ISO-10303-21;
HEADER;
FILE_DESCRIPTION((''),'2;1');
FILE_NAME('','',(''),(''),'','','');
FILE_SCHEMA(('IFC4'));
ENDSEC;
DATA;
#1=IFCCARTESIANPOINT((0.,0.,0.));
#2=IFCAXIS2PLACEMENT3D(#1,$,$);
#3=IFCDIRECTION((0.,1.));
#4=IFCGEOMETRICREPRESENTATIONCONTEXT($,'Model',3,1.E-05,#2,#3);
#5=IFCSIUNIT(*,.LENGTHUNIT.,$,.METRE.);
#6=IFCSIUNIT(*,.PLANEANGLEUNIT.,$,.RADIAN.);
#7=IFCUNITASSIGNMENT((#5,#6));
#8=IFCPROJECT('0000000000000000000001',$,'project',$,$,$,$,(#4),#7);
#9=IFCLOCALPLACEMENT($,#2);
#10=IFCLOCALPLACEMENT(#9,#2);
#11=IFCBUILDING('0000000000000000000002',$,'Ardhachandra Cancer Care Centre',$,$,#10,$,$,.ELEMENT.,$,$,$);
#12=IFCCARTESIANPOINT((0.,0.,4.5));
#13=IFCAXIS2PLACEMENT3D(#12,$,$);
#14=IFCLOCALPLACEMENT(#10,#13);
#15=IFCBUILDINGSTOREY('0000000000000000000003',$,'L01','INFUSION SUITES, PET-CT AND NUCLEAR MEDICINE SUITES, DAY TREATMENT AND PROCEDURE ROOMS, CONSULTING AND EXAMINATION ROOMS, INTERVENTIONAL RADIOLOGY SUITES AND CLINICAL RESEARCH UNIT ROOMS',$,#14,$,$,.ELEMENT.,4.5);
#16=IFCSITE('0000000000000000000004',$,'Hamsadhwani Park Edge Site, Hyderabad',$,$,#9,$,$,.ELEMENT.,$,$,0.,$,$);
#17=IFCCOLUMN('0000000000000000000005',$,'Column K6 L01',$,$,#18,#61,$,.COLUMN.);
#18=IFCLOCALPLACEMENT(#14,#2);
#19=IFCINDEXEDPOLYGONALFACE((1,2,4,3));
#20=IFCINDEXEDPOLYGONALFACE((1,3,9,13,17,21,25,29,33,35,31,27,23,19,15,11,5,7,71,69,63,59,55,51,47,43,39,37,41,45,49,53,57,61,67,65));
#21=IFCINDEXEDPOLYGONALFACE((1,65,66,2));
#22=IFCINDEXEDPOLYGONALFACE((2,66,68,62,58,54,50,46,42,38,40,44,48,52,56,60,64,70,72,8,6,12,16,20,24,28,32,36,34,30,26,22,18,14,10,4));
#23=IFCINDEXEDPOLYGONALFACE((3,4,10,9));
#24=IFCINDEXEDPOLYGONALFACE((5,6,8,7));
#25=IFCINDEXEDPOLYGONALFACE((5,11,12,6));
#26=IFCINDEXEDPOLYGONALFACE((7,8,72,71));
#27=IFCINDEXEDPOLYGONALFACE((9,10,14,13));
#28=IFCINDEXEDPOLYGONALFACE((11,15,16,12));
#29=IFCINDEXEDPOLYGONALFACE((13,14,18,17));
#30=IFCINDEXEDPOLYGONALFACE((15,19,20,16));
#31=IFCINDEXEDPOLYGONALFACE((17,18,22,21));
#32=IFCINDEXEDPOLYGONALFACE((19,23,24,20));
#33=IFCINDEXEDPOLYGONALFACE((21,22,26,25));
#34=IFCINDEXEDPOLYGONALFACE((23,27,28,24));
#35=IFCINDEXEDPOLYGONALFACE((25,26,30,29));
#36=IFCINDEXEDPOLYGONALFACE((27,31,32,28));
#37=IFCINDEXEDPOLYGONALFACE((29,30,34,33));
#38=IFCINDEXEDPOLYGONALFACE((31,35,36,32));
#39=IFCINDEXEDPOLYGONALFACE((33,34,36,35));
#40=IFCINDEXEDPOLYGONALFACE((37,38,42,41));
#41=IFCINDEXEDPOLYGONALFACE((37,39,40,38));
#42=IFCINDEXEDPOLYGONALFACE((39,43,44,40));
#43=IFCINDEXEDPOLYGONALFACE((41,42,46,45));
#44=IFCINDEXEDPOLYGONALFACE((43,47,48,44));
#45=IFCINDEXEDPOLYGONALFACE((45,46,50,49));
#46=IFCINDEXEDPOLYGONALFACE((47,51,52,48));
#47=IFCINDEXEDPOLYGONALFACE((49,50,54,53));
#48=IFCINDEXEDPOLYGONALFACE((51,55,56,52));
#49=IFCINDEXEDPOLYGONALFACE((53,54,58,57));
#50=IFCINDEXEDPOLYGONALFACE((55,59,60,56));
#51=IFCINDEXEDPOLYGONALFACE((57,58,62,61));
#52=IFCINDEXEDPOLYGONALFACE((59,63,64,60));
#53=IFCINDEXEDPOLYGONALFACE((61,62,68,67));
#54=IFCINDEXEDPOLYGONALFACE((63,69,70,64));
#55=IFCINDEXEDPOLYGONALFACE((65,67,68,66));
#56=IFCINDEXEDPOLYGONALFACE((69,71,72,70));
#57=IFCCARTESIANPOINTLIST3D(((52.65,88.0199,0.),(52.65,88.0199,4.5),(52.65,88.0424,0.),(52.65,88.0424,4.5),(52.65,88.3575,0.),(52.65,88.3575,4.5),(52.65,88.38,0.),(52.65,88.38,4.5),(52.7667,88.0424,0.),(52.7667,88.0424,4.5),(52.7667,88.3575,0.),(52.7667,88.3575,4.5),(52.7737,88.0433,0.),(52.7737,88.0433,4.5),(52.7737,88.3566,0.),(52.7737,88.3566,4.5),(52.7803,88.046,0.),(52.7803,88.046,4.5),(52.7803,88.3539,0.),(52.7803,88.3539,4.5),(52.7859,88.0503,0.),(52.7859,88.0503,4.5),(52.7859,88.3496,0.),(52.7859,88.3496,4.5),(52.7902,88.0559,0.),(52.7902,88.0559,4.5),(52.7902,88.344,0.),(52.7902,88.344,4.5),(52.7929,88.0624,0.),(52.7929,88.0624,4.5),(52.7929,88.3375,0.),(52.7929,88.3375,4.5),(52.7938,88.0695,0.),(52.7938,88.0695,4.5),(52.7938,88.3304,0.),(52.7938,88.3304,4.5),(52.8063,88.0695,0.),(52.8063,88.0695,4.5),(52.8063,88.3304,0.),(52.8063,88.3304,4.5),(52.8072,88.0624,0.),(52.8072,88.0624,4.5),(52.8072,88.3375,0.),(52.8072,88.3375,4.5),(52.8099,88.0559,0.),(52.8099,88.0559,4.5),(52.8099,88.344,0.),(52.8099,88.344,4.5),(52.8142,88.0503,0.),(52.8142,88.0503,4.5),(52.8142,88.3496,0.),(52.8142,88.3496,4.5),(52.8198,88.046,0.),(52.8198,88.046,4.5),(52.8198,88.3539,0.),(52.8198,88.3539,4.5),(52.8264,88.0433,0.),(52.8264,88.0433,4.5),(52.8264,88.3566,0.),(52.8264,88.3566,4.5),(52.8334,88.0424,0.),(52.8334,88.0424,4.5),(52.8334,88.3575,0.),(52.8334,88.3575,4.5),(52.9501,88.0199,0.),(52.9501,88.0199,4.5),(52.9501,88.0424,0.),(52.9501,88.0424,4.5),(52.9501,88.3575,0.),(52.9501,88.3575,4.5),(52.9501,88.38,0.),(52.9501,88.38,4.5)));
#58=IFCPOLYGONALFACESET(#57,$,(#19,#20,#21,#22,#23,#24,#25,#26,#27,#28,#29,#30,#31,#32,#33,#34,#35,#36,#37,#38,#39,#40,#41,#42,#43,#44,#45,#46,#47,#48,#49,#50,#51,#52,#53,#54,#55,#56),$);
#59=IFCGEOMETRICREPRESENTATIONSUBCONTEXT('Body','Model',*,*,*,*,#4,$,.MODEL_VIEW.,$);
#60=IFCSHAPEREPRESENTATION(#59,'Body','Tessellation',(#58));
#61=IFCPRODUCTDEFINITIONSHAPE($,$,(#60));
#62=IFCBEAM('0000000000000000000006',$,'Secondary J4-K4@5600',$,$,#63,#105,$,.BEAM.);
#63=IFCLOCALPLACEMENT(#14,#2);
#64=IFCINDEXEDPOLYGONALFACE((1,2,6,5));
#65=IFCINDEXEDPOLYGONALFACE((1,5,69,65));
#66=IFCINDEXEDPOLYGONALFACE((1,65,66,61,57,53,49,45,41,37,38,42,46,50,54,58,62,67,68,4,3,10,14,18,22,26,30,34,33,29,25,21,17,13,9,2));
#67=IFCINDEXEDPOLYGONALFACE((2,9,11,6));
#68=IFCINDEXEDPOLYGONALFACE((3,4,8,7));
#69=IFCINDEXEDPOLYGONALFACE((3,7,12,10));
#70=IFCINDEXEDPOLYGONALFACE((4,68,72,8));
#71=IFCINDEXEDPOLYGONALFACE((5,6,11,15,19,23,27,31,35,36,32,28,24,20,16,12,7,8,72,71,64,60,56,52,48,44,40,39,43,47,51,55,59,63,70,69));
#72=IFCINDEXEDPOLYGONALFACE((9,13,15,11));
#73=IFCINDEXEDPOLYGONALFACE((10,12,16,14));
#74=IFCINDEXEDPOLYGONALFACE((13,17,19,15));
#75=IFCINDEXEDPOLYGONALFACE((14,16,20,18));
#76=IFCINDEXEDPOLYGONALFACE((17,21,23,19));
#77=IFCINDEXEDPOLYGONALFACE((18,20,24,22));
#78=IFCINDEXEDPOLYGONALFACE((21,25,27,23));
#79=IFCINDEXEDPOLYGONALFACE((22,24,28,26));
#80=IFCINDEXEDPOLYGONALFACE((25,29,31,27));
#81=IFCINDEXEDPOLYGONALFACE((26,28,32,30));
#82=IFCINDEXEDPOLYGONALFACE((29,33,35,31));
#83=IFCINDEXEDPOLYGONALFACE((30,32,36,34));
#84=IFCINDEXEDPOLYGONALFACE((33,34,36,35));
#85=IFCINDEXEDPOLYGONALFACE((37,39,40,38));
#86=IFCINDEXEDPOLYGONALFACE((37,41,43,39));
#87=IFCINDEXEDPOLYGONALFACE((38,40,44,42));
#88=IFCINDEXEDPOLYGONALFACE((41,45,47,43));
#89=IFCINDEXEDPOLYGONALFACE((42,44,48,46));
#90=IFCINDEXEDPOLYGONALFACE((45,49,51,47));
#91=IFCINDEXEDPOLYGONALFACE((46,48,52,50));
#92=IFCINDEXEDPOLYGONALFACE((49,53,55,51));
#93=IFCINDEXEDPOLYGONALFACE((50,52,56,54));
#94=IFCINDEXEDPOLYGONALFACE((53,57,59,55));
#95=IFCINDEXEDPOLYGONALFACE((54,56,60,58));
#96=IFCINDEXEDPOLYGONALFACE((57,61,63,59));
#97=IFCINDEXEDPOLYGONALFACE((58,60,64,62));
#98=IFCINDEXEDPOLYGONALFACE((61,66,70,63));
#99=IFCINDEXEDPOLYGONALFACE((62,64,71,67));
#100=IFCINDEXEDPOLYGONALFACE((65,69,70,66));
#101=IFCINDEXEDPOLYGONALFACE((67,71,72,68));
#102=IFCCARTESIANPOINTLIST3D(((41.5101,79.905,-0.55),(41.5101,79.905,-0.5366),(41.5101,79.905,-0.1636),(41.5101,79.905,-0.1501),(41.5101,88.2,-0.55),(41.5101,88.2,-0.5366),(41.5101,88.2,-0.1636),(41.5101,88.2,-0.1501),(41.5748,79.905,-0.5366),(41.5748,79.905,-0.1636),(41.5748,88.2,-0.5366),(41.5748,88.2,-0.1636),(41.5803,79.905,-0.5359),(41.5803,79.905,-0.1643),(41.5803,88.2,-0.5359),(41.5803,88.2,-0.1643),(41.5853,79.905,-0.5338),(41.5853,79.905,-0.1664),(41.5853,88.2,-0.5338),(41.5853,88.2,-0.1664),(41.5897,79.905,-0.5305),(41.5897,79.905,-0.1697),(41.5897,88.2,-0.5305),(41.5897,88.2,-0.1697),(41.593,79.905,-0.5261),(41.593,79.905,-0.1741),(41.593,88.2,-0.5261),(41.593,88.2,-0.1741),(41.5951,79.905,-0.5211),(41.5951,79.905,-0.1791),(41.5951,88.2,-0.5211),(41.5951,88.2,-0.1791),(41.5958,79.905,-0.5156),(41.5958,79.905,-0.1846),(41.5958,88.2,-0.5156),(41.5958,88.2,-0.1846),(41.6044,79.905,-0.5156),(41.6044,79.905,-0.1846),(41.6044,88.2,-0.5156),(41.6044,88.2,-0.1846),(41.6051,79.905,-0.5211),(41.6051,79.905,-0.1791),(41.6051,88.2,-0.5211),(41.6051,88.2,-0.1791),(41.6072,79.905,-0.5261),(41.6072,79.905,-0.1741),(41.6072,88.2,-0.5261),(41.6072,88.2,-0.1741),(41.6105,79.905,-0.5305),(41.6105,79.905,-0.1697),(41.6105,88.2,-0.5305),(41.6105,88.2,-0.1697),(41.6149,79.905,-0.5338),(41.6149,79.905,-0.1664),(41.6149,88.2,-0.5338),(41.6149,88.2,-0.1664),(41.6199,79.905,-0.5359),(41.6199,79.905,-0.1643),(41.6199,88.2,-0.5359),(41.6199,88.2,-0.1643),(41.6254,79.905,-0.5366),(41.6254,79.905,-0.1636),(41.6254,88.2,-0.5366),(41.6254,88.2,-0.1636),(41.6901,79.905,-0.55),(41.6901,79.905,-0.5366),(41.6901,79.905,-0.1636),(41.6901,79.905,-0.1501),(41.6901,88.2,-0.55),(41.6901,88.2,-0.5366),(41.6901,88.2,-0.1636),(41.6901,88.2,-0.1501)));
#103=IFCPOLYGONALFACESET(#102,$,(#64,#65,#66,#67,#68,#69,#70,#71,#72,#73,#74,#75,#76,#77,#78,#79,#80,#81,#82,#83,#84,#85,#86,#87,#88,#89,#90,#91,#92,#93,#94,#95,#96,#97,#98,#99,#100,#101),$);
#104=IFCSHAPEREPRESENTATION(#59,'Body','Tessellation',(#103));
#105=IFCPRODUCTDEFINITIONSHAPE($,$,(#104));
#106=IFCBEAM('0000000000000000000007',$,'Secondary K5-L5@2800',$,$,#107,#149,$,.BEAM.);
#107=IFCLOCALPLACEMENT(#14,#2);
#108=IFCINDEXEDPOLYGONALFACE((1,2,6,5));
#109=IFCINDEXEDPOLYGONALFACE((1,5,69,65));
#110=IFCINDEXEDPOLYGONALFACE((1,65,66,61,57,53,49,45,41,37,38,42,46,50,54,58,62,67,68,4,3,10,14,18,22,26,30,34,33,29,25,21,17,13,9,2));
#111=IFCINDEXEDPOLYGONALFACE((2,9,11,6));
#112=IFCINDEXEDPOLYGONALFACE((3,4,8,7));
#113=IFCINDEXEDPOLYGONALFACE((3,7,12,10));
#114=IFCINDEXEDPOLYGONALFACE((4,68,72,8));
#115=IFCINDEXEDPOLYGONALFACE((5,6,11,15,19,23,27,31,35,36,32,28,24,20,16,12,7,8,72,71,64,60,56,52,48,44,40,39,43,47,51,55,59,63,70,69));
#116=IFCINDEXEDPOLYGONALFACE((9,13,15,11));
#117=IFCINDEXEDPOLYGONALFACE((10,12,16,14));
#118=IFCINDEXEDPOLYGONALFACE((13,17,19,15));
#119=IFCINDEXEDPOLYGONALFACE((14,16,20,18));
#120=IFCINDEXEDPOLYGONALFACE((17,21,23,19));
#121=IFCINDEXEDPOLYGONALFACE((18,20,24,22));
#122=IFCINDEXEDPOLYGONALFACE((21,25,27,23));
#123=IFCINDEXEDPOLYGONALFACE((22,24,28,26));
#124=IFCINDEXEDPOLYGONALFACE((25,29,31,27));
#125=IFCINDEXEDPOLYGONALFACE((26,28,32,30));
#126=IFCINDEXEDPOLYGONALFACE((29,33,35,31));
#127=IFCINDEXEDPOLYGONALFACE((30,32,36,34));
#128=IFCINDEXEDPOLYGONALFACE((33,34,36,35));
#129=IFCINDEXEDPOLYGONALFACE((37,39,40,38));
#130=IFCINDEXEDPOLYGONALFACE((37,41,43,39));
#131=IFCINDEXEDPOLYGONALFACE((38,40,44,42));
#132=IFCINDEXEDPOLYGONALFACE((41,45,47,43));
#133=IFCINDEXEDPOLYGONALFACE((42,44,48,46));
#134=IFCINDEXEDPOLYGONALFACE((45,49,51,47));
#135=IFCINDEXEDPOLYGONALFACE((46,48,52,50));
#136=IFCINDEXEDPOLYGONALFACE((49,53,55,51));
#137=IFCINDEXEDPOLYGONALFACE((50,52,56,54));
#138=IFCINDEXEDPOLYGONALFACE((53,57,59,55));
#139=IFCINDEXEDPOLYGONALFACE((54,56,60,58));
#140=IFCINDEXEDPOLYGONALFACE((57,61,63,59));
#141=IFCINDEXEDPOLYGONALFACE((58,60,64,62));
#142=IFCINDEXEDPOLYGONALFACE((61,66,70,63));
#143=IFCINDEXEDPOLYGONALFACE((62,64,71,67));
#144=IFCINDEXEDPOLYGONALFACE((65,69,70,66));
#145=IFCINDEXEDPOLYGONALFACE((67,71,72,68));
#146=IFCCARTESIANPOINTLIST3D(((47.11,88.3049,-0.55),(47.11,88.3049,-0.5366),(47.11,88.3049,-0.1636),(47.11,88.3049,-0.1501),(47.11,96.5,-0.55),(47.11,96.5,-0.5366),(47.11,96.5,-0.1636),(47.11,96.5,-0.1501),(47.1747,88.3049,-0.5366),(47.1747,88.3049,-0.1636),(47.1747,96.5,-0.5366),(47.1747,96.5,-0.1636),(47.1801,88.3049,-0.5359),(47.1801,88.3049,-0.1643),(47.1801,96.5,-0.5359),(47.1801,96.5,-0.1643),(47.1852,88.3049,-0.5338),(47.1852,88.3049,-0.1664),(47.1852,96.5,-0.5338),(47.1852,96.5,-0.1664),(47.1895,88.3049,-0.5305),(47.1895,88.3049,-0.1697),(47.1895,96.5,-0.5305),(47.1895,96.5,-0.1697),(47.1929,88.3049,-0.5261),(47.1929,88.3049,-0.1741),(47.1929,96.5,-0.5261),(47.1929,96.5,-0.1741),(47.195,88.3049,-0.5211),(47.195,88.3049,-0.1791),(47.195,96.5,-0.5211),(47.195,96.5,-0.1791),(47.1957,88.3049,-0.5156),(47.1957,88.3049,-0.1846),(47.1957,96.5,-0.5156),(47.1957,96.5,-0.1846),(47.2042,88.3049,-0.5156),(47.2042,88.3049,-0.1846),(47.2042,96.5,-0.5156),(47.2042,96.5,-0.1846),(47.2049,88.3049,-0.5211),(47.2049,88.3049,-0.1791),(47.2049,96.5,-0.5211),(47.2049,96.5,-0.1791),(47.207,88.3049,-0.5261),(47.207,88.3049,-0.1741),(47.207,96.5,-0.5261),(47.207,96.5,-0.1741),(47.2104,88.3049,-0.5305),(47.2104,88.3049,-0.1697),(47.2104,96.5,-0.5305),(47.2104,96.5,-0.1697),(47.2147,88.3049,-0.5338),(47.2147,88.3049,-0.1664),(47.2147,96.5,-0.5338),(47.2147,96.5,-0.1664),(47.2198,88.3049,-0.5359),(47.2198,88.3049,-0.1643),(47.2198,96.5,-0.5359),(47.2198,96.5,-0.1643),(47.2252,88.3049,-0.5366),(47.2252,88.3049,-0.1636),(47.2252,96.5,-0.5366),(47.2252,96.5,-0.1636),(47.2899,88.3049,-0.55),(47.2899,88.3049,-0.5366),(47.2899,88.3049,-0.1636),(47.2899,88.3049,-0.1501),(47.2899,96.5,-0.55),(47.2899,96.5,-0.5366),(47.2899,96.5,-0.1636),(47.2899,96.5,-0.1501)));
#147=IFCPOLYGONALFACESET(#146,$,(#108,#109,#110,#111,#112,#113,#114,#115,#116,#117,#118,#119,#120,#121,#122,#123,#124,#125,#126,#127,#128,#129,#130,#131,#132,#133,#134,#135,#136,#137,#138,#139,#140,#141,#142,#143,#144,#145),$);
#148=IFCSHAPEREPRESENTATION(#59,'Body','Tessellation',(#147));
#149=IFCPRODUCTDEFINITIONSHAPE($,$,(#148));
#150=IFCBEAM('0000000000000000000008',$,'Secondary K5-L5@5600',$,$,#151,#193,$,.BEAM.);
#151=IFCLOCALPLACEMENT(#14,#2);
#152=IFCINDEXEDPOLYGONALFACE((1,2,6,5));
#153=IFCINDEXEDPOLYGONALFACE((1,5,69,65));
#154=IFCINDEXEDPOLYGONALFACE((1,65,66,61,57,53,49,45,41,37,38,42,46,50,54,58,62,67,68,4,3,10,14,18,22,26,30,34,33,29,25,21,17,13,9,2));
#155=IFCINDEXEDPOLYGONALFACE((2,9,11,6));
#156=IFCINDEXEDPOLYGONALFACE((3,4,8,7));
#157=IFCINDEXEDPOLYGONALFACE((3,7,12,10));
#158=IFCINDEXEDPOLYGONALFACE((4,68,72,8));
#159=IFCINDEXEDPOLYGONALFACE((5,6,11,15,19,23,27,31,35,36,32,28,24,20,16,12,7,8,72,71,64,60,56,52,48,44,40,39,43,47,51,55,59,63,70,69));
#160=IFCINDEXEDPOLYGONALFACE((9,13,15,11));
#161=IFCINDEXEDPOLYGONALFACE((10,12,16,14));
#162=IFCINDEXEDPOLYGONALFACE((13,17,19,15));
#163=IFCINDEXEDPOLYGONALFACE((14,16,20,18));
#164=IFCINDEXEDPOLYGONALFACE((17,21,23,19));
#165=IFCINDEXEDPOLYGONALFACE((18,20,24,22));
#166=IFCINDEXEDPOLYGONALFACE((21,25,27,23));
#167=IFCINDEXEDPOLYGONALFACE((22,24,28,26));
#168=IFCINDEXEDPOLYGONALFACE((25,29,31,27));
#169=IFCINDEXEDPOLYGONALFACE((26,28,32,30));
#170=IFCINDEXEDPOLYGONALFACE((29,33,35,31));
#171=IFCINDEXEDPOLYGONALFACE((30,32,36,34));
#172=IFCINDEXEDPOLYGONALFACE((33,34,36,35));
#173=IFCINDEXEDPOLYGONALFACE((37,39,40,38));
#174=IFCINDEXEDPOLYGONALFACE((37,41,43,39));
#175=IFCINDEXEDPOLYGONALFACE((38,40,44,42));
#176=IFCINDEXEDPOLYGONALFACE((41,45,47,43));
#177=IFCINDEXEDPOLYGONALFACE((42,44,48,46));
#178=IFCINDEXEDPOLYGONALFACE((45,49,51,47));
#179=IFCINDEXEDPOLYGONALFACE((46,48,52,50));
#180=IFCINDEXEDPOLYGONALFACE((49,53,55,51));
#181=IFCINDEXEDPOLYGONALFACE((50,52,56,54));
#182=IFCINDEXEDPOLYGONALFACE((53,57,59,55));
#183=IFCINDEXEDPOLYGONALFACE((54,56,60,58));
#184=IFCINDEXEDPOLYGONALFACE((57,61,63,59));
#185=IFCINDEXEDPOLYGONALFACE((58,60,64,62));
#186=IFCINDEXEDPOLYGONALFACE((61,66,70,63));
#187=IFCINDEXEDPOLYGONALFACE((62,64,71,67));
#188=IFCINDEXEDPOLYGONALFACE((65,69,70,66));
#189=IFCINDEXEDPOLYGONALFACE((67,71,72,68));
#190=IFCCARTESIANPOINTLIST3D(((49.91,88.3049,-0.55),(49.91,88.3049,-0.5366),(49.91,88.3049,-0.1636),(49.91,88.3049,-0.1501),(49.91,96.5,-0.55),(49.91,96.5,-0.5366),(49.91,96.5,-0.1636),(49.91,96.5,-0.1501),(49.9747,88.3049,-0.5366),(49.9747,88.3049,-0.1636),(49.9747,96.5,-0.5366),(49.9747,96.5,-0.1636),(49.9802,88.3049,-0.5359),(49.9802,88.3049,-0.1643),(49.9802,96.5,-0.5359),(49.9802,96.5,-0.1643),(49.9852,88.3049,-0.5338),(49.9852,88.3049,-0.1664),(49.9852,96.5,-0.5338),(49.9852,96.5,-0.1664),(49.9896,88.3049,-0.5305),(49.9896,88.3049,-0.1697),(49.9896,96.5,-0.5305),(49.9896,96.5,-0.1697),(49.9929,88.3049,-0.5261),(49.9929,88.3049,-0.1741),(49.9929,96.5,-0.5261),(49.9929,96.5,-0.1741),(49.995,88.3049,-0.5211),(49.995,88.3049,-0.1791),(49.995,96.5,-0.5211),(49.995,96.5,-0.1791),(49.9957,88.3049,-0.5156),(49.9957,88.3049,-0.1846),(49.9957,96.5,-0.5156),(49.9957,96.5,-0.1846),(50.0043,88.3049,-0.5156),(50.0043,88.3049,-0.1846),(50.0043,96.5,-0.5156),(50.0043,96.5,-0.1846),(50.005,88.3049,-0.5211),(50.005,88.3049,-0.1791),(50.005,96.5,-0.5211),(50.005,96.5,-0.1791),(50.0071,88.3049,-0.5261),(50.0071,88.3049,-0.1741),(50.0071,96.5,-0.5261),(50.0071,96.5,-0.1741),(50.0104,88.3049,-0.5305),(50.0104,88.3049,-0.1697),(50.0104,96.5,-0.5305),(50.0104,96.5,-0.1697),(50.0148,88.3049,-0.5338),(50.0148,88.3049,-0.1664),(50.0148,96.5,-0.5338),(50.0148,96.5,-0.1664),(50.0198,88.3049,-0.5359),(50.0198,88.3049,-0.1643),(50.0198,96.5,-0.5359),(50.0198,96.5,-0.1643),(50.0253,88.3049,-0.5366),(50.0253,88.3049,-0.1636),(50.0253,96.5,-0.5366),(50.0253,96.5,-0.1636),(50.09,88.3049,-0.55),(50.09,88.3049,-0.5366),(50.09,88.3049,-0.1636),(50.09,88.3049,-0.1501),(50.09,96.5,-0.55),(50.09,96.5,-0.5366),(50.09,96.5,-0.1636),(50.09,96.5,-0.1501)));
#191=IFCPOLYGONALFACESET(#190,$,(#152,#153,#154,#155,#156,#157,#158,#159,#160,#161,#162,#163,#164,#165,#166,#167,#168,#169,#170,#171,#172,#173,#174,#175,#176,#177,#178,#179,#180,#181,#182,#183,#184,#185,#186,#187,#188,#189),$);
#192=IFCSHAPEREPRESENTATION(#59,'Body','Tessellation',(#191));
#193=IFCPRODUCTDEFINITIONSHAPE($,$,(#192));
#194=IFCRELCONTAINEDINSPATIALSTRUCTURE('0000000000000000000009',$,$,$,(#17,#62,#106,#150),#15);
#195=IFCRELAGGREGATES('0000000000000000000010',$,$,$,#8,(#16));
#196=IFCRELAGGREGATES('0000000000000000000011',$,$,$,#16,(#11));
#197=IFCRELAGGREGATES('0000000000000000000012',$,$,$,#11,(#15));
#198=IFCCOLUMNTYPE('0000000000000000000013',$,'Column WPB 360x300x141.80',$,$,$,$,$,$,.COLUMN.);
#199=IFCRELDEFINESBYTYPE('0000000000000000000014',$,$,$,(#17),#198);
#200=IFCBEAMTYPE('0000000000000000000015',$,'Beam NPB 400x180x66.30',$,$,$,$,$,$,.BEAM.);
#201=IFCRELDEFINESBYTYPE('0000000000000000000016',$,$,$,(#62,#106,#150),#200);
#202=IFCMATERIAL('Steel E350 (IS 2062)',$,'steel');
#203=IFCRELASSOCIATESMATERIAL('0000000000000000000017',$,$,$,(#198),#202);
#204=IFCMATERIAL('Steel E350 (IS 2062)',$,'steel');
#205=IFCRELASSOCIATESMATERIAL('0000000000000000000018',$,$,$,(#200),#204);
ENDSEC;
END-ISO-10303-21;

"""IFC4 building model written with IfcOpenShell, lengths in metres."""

from ifc_helpers import new_model, si_unit, direction, frame, origin, origin_2d, place, context, subcontext, project, spatial, i_section, extrude, material, material_profile, profile_set, type_object, element, save


model = new_model("IFC4")

# Units and contexts
model_context = context("Model", 3, precision=1e-05, world=origin(), true_north=direction((0.0, 1.0)))
body_context = subcontext(model_context, "Body", "Model", "MODEL_VIEW")
ifc_project = project(units=[si_unit("LENGTHUNIT", "METRE"), si_unit("PLANEANGLEUNIT", "RADIAN")], contexts=[model_context])

# Site, building, storey
site_placement = place(None, origin())
site = spatial("IfcSite", under=ifc_project, at=site_placement, Name="Hamsadhwani Park Edge Site, Hyderabad", CompositionType="ELEMENT", RefElevation=0.0)
building_placement = place(site_placement, origin())
building = spatial("IfcBuilding", under=site, at=building_placement, Name="Ardhachandra Cancer Care Centre", CompositionType="ELEMENT")
storey_placement = place(building_placement, frame((0.0, 0.0, 4.5)))
storey = spatial("IfcBuildingStorey", under=building, at=storey_placement, Name="L01", Description="INFUSION SUITES, PET-CT AND NUCLEAR MEDICINE SUITES, DAY TREATMENT AND PROCEDURE ROOMS, CONSULTING AND EXAMINATION ROOMS, INTERVENTIONAL RADIOLOGY SUITES AND CLINICAL RESEARCH UNIT ROOMS", CompositionType="ELEMENT", Elevation=4.5)

# Column
ifc_material_1 = material(Name="Steel E350 (IS 2062)", Category="steel")
ifc_material_profile_1 = material_profile(ifc_material_1, i_section(OverallWidth=0.3, OverallDepth=0.3601, WebThickness=0.0125, FlangeThickness=0.0225, FilletRadius=0.0271, at=origin_2d()), Name="WPB 360x300x141.80")
ifc_profile_set_1 = profile_set([ifc_material_profile_1], Name="Steel E350 (IS 2062)")
column_type = type_object("IfcColumnType", Name="Column WPB 360x300x141.80", PredefinedType="COLUMN", material=ifc_profile_set_1)
column_placement = place(storey_placement, frame((52.8, 88.2, 0.0), z_axis=(0.0, 0.0, 1.0), x_axis=(1.0, 0.0, 0.0)))
element("IfcColumn", 1, at=column_placement, inside=storey, type_object=column_type, Name="Column K6 L01", PredefinedType="COLUMN", context=body_context, shape_type="SweptSolid", body=[
    extrude(i_section(OverallWidth=0.3, OverallDepth=0.3601, WebThickness=0.0125, FlangeThickness=0.0225, FilletRadius=0.0271, at=origin_2d()), origin(), (0.0, 0.0, 1.0), 4.5),
])

# Beams
ifc_material_2 = material(Name="Steel E350 (IS 2062)", Category="steel")
ifc_material_profile_2 = material_profile(ifc_material_2, i_section(OverallWidth=0.1799, OverallDepth=0.3999, WebThickness=0.0085, FlangeThickness=0.0134, FilletRadius=0.021, at=origin_2d()), Name="NPB 400x180x66.30")
ifc_profile_set_2 = profile_set([ifc_material_profile_2], Name="Steel E350 (IS 2062)")
beam_type_1 = type_object("IfcBeamType", Name="Beam NPB 400x180x66.30", PredefinedType="BEAM", material=ifc_profile_set_2)
beam_1_placement = place(storey_placement, frame((41.6001, 79.905, -0.3501), z_axis=(0.0, 1.0, 0.0), x_axis=(-1.0, 0.0, 0.0)))
element("IfcBeam", 2, at=beam_1_placement, inside=storey, type_object=beam_type_1, Name="Secondary J4-K4@5600", PredefinedType="BEAM", context=body_context, shape_type="SweptSolid", body=[
    extrude(i_section(OverallWidth=0.1799, OverallDepth=0.3999, WebThickness=0.0085, FlangeThickness=0.0134, FilletRadius=0.021, at=origin_2d()), origin(), (0.0, 0.0, 1.0), 8.2949),
])
for number, where, z_axis, x_axis, name in (
    (3, (47.2, 88.3049, -0.3501), (0.0, 1.0, 0.0), (-1.0, 0.0, 0.0), "Secondary K5-L5@2800"),
    (4, (50.0, 88.3049, -0.3501), (0.0, 1.0, 0.0), (-1.0, 0.0, 0.0), "Secondary K5-L5@5600"),
):
    element("IfcBeam", number, at=place(storey_placement, frame(where, z_axis=z_axis, x_axis=x_axis)), inside=storey, type_object=beam_type_1, Name=name, PredefinedType="BEAM", context=body_context, shape_type="SweptSolid", body=[
        extrude(i_section(OverallWidth=0.1799, OverallDepth=0.3999, WebThickness=0.0085, FlangeThickness=0.0134, FilletRadius=0.021, at=origin_2d()), origin(), (0.0, 0.0, 1.0), 8.1951),
    ])

save(model, "model.ifc")
